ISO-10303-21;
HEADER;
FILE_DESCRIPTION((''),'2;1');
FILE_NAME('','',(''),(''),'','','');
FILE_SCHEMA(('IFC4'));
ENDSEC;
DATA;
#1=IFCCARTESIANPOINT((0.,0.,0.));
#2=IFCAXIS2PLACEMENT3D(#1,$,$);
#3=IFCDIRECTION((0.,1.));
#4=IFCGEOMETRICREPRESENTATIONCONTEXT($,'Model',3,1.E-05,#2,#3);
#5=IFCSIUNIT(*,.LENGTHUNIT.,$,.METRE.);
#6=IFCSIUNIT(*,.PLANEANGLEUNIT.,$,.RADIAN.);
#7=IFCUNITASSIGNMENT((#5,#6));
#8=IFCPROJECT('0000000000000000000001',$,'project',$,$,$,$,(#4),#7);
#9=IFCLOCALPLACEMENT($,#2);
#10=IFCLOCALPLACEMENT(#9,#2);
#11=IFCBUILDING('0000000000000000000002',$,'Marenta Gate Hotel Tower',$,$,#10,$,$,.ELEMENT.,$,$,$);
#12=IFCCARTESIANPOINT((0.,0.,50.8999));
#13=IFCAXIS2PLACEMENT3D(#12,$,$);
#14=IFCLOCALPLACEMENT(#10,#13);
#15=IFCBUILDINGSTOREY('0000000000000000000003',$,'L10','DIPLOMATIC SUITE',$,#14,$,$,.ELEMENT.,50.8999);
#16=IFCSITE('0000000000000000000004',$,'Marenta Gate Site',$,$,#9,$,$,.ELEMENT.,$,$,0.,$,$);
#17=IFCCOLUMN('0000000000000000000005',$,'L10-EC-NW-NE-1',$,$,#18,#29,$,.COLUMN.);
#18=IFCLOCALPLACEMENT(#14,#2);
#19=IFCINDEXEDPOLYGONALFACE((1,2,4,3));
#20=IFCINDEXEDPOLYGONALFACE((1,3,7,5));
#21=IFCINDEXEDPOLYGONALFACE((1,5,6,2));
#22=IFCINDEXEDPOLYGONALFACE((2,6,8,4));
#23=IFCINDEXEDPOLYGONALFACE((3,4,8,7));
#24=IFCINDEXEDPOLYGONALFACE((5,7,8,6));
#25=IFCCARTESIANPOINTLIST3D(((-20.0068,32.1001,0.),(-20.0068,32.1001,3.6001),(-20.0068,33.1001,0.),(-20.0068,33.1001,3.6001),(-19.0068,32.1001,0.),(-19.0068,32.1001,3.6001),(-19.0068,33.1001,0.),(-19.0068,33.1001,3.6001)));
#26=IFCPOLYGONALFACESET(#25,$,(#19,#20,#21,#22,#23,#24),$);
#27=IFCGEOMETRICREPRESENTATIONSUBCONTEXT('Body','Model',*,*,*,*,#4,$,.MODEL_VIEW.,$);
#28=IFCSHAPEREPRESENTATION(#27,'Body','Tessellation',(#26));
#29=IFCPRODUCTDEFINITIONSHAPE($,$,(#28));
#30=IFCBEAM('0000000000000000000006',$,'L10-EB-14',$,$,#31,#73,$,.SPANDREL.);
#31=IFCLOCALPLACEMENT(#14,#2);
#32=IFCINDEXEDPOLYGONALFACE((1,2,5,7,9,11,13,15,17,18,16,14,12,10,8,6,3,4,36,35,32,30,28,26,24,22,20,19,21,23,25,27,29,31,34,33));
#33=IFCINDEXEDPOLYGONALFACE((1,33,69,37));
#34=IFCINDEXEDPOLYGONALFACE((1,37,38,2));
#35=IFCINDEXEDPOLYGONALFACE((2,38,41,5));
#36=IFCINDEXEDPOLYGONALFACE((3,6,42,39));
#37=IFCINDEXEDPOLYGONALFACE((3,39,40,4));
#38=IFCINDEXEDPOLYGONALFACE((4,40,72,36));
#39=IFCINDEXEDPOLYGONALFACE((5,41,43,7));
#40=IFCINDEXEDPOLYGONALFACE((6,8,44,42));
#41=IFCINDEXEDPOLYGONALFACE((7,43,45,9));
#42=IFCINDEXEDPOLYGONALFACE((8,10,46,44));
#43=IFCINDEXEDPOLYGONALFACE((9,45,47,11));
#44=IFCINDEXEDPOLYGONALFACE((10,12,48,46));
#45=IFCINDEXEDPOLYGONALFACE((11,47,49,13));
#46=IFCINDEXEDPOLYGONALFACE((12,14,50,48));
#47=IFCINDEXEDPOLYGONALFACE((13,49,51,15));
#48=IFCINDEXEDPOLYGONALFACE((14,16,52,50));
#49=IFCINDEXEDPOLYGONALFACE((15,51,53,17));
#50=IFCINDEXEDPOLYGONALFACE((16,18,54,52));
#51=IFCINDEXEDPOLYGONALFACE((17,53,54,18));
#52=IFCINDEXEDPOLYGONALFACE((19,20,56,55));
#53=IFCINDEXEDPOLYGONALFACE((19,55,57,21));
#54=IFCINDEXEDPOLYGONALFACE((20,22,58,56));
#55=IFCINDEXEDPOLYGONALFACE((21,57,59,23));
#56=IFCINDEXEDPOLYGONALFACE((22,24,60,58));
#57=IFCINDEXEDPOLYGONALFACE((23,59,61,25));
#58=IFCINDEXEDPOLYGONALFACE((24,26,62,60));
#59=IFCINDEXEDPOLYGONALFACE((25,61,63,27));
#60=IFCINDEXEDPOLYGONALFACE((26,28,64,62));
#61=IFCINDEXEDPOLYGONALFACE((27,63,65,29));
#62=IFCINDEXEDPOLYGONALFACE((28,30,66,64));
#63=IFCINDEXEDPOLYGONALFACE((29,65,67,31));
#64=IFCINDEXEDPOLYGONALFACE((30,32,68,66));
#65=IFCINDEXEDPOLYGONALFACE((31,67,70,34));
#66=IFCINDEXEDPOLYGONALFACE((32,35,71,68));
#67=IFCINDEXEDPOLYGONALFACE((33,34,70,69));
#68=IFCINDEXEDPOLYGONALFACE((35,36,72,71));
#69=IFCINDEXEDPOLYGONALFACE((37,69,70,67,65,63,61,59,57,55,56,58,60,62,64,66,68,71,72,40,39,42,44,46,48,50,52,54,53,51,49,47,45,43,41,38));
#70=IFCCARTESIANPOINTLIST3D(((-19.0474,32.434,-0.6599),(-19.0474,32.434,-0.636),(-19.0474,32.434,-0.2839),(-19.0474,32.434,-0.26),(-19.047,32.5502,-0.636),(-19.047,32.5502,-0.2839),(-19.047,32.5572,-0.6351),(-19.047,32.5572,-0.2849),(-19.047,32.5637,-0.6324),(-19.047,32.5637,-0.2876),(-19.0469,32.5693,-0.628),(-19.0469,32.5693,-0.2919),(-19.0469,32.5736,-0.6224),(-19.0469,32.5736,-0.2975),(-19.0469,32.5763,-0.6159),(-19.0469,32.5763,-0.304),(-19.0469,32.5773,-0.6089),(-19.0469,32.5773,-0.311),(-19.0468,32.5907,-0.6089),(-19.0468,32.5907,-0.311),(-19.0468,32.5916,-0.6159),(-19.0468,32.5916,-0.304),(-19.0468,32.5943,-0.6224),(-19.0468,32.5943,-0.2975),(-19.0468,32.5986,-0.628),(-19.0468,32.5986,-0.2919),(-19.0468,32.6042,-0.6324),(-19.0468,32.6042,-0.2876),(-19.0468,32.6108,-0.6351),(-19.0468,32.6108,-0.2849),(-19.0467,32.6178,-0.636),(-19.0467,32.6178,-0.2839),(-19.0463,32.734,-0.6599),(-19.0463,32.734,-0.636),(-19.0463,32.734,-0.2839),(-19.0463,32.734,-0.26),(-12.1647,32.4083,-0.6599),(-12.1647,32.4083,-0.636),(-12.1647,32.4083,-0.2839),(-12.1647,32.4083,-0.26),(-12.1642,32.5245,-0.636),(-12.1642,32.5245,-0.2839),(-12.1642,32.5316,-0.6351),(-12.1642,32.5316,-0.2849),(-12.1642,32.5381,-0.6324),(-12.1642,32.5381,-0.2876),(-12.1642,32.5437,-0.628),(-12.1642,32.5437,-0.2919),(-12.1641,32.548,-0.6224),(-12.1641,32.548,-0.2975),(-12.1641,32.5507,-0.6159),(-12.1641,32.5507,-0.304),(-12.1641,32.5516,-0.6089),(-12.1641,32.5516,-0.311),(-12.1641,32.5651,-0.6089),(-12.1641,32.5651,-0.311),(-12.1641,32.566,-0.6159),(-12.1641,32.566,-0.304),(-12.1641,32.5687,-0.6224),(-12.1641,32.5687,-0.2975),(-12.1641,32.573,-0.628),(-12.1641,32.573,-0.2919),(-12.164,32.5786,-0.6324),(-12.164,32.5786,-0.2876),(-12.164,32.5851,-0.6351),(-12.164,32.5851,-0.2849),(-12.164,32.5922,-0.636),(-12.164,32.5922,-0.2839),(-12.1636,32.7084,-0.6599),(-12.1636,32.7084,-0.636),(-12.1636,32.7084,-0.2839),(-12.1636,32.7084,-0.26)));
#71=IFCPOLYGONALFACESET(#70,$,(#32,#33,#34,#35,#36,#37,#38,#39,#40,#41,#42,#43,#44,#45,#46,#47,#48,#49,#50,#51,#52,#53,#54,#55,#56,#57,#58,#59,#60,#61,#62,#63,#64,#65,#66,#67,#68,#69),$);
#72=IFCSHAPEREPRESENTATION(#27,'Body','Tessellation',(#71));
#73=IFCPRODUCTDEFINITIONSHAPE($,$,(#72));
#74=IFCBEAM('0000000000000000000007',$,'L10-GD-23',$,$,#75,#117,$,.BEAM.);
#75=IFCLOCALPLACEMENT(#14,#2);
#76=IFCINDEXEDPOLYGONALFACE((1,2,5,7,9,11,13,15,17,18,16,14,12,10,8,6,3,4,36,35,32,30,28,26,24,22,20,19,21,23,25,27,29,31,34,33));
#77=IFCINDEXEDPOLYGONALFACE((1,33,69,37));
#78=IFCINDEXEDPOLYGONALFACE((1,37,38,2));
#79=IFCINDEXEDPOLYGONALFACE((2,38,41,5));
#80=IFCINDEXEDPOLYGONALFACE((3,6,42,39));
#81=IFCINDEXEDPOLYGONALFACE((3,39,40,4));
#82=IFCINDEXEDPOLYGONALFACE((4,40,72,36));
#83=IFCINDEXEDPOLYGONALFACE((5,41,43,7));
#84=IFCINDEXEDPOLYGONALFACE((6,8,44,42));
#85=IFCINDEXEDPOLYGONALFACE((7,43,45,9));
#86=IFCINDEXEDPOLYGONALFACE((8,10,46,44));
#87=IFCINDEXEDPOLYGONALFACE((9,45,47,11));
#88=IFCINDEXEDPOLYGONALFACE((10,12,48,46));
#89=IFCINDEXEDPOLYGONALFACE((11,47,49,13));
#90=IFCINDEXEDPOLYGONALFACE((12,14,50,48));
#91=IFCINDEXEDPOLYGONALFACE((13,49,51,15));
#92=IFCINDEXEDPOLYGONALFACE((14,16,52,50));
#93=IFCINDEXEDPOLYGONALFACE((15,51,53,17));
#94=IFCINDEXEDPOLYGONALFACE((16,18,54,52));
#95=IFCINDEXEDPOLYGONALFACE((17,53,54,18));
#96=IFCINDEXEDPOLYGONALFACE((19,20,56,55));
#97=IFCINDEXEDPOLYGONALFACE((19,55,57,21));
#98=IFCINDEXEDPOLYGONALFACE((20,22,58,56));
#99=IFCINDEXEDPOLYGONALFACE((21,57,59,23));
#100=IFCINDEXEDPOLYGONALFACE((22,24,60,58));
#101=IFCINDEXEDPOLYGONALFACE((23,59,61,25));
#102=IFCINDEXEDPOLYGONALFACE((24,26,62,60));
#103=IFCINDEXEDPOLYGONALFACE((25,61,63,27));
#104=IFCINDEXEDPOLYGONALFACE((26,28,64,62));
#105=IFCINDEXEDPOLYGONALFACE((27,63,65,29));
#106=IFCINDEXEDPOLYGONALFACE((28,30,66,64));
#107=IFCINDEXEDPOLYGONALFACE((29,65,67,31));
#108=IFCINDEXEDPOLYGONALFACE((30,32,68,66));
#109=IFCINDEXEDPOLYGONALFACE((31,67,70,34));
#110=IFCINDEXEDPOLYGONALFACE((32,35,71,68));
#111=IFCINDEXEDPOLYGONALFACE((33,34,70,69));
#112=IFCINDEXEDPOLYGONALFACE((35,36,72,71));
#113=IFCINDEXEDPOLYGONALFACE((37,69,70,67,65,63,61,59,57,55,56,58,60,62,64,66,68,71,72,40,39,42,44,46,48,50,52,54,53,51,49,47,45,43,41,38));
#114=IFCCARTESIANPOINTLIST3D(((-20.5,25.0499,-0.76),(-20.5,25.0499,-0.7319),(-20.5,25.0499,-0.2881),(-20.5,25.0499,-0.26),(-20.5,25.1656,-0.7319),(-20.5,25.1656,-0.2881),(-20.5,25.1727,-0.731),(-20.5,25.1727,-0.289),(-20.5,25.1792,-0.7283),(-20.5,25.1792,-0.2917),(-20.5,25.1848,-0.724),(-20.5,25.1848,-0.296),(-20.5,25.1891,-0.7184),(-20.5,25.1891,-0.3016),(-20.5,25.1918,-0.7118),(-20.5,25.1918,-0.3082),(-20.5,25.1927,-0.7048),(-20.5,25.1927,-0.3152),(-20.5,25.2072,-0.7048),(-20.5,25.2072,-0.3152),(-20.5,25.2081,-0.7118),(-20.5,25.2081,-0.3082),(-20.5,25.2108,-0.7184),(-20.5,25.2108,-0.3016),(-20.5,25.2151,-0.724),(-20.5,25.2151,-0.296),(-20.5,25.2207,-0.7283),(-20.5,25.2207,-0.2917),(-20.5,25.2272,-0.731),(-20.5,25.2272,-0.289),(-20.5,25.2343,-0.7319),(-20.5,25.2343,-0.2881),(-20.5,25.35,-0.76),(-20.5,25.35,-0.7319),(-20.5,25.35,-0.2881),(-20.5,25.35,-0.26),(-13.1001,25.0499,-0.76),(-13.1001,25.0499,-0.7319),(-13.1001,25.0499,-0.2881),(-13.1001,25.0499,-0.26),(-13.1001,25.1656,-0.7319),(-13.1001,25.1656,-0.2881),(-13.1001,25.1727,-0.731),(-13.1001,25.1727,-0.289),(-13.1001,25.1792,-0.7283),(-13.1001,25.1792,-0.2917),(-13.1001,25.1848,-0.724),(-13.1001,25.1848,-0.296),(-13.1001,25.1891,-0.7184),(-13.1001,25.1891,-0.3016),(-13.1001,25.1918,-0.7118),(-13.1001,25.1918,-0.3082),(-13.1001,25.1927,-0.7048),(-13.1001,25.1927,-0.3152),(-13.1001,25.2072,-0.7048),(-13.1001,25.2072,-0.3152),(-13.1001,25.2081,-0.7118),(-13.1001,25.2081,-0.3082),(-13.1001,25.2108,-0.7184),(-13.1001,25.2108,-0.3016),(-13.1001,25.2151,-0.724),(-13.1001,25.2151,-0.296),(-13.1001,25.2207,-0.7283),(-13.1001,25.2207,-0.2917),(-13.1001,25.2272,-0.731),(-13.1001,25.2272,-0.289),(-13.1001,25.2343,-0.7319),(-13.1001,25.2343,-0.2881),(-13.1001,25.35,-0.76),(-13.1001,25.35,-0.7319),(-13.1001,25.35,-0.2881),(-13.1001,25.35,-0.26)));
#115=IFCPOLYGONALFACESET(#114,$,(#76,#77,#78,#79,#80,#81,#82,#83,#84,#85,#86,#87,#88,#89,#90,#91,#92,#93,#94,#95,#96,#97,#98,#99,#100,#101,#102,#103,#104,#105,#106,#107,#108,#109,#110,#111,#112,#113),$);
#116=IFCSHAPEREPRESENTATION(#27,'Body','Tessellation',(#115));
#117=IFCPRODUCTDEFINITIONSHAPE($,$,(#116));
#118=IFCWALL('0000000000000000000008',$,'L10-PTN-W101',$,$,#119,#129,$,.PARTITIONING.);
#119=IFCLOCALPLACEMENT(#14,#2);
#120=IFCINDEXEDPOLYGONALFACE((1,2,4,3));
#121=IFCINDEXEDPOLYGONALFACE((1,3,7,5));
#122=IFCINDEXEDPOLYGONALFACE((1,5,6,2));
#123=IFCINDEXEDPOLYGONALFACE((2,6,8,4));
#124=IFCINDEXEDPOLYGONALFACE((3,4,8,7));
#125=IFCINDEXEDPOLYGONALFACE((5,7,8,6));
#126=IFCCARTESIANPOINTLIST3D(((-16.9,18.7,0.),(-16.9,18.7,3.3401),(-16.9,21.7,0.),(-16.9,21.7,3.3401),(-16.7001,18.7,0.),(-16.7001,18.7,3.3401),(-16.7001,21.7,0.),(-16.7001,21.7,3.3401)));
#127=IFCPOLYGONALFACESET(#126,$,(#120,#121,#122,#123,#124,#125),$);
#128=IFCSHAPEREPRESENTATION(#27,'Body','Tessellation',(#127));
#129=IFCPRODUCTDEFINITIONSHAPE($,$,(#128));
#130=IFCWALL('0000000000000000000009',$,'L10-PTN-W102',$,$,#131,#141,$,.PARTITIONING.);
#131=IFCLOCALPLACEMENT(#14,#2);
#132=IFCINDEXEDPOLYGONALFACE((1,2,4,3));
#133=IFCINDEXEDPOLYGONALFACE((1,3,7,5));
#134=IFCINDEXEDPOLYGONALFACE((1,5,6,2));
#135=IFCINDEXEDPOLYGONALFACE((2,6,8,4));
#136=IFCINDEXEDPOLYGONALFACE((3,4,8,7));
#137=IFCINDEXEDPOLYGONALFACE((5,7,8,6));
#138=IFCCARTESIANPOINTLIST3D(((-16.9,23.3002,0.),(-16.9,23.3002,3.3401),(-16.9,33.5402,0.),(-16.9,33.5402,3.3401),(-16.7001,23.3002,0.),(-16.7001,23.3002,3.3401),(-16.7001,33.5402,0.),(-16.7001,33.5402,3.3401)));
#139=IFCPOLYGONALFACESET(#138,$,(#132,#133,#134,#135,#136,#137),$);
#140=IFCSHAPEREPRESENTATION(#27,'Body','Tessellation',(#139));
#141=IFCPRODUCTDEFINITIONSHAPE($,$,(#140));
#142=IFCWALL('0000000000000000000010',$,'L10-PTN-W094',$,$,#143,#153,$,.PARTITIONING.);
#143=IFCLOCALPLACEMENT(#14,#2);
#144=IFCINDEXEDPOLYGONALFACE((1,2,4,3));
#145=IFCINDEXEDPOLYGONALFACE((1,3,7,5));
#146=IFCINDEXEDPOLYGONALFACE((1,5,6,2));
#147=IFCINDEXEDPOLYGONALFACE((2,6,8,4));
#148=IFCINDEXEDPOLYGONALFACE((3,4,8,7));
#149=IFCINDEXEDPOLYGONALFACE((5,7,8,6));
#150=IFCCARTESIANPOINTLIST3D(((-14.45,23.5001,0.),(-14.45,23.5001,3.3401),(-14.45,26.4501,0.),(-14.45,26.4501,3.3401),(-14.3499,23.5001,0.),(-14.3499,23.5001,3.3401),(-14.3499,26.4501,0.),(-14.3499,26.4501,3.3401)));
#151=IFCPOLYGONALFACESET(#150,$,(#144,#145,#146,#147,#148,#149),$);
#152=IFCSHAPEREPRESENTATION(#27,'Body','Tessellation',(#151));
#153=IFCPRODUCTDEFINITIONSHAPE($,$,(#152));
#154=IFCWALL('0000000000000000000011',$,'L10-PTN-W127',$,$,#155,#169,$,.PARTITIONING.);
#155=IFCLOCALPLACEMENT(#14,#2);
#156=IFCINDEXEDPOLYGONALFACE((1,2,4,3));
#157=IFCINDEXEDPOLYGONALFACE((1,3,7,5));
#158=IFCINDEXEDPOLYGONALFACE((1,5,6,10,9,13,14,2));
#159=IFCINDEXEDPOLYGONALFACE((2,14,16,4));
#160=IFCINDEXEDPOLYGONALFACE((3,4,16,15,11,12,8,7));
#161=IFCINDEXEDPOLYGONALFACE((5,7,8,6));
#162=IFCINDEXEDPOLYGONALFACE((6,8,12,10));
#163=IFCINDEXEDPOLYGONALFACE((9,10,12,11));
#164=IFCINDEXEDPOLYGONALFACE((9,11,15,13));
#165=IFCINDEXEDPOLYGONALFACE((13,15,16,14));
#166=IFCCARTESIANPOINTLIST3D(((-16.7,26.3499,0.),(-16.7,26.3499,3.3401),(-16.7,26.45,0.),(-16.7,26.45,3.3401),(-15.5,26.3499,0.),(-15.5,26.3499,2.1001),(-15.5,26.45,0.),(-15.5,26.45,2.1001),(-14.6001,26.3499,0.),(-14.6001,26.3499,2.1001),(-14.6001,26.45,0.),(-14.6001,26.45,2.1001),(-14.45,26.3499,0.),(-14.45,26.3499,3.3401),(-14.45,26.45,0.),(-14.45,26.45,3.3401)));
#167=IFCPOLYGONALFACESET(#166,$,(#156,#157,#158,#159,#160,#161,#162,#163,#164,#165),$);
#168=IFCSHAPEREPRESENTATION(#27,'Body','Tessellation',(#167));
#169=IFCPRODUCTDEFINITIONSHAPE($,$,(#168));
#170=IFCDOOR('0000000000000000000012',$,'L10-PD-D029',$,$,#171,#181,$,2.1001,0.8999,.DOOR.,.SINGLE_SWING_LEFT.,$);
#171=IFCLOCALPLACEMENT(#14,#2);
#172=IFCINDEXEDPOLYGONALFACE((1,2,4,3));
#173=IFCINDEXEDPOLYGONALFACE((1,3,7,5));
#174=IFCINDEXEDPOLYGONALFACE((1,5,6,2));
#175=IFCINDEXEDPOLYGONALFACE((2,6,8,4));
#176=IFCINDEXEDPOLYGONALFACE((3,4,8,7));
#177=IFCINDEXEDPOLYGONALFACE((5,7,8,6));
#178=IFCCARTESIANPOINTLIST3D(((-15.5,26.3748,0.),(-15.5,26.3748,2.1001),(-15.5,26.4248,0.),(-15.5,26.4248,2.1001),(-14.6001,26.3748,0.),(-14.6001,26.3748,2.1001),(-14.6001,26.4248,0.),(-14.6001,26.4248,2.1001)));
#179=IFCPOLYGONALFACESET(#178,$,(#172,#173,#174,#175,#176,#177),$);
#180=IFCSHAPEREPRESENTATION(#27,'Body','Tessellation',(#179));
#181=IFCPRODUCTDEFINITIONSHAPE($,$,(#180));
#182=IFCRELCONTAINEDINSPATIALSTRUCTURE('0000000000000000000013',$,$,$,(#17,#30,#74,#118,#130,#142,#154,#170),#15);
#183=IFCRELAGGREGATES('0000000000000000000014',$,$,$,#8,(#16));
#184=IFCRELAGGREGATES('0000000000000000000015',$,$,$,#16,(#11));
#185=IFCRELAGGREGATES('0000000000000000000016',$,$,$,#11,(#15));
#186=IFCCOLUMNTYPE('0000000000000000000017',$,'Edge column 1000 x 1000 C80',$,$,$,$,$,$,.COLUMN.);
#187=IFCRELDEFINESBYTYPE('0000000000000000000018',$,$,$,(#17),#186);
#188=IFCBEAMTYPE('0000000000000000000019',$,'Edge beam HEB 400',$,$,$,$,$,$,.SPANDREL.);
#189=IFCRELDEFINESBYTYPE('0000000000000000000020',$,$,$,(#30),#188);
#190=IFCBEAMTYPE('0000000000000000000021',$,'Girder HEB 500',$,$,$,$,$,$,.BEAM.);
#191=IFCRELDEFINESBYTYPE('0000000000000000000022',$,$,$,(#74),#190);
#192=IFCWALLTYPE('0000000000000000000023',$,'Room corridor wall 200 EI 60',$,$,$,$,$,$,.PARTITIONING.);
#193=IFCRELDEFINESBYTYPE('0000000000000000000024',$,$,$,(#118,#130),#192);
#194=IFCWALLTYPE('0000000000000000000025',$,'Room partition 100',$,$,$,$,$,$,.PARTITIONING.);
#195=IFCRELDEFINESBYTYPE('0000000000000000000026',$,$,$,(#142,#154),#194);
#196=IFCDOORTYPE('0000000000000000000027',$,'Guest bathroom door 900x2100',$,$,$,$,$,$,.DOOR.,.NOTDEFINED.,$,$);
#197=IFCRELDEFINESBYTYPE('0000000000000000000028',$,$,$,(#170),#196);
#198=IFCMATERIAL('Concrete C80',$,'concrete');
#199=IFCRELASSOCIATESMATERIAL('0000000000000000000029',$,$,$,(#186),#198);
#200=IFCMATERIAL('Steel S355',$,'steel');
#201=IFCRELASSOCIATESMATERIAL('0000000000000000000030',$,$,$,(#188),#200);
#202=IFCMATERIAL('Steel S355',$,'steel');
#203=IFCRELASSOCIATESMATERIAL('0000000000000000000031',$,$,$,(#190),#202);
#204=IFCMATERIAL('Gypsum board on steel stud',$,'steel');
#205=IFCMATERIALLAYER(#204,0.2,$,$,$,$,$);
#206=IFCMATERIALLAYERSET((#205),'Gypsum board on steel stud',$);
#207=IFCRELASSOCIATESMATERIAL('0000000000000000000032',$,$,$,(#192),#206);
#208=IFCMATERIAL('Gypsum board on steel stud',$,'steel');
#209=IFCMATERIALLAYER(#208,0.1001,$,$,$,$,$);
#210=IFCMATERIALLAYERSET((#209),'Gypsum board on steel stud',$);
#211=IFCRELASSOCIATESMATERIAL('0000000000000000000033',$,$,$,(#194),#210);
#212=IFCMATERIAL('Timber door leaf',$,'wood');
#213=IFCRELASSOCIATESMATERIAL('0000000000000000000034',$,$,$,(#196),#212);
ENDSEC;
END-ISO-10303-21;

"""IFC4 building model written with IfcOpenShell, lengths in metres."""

from ifc_helpers import new_model, si_unit, direction, frame, frame_2d, origin, origin_2d, place, context, subcontext, project, spatial, rectangle, i_section, extrude, material, layer, layer_set, material_profile, profile_set, type_object, element, fill, save


model = new_model("IFC4")

# Units and contexts
model_context = context("Model", 3, precision=1e-05, world=origin(), true_north=direction((0.0, 1.0)))
body_context = subcontext(model_context, "Body", "Model", "MODEL_VIEW")
ifc_project = project(units=[si_unit("LENGTHUNIT", "METRE"), si_unit("PLANEANGLEUNIT", "RADIAN")], contexts=[model_context])

# Site, building, storey
site_placement = place(None, origin())
site = spatial("IfcSite", under=ifc_project, at=site_placement, Name="Marenta Gate Site", CompositionType="ELEMENT", RefElevation=0.0)
building_placement = place(site_placement, origin())
building = spatial("IfcBuilding", under=site, at=building_placement, Name="Marenta Gate Hotel Tower", CompositionType="ELEMENT")
storey_placement = place(building_placement, frame((0.0, 0.0, 50.8999)))
storey = spatial("IfcBuildingStorey", under=building, at=storey_placement, Name="L10", Description="DIPLOMATIC SUITE", CompositionType="ELEMENT", Elevation=50.8999)

# Column
ifc_material_1 = material(Name="Concrete C80", Category="concrete")
ifc_material_profile_1 = material_profile(ifc_material_1, rectangle(XDim=1.0, YDim=1.0, at=origin_2d()), Name="1000 x 1000")
ifc_profile_set_1 = profile_set([ifc_material_profile_1], Name="Concrete C80")
column_type = type_object("IfcColumnType", Name="Edge column 1000 x 1000 C80", PredefinedType="COLUMN", material=ifc_profile_set_1)
column_placement = place(storey_placement, frame((-19.5068, 32.6001, 0.0), z_axis=(0.0, 0.0, 1.0), x_axis=(1.0, 0.0, 0.0)))
element("IfcColumn", 1, at=column_placement, inside=storey, type_object=column_type, Name="L10-EC-NW-NE-1", PredefinedType="COLUMN", context=body_context, shape_type="SweptSolid", body=[
    extrude(rectangle(XDim=1.0, YDim=1.0, at=origin_2d()), origin(), (0.0, 0.0, 1.0), 3.6001),
])

# Beams
ifc_material_2 = material(Name="Steel S355", Category="steel")
ifc_material_profile_2 = material_profile(ifc_material_2, i_section(OverallWidth=0.3, OverallDepth=0.3999, WebThickness=0.0134, FlangeThickness=0.0239, FilletRadius=0.0271, at=origin_2d()), Name="HEB 400")
ifc_profile_set_2 = profile_set([ifc_material_profile_2], Name="Steel S355")
beam_type_1 = type_object("IfcBeamType", Name="Edge beam HEB 400", PredefinedType="SPANDREL", material=ifc_profile_set_2)
beam_1_placement = place(storey_placement, frame((-19.0469, 32.584, -0.46), z_axis=(0.999993, -0.003724, 0.0), x_axis=(0.003724, 0.999993, 0.0)))
element("IfcBeam", 2, at=beam_1_placement, inside=storey, type_object=beam_type_1, Name="L10-EB-14", PredefinedType="SPANDREL", context=body_context, shape_type="SweptSolid", body=[
    extrude(i_section(OverallWidth=0.3, OverallDepth=0.3999, WebThickness=0.0134, FlangeThickness=0.0239, FilletRadius=0.0271, at=origin_2d()), origin(), (0.0, 0.0, 1.0), 6.8828),
])
ifc_material_3 = material(Name="Steel S355", Category="steel")
ifc_material_profile_3 = material_profile(ifc_material_3, i_section(OverallWidth=0.3, OverallDepth=0.5, WebThickness=0.0144, FlangeThickness=0.0281, FilletRadius=0.0271, at=origin_2d()), Name="HEB 500")
ifc_profile_set_3 = profile_set([ifc_material_profile_3], Name="Steel S355")
beam_type_2 = type_object("IfcBeamType", Name="Girder HEB 500", PredefinedType="BEAM", material=ifc_profile_set_3)
beam_2_placement = place(storey_placement, frame((-20.5, 25.2, -0.51), z_axis=(1.0, 0.0, 0.0), x_axis=(0.0, 1.0, 0.0)))
element("IfcBeam", 3, at=beam_2_placement, inside=storey, type_object=beam_type_2, Name="L10-GD-23", PredefinedType="BEAM", context=body_context, shape_type="SweptSolid", body=[
    extrude(i_section(OverallWidth=0.3, OverallDepth=0.5, WebThickness=0.0144, FlangeThickness=0.0281, FilletRadius=0.0271, at=origin_2d()), origin(), (0.0, 0.0, 1.0), 7.3999),
])

# Walls
ifc_material_4 = material(Name="Gypsum board on steel stud", Category="steel")
ifc_layer_1 = layer(ifc_material_4, 0.2)
ifc_layer_set_1 = layer_set([ifc_layer_1], Name="Gypsum board on steel stud")
wall_type_1 = type_object("IfcWallType", Name="Room corridor wall 200 EI 60", PredefinedType="PARTITIONING", material=ifc_layer_set_1)
wall_1_placement = place(storey_placement, frame((-16.8, 18.7, 0.0), z_axis=(0.0, 0.0, 1.0), x_axis=(0.0, 1.0, 0.0)))
element("IfcWall", 4, at=wall_1_placement, inside=storey, type_object=wall_type_1, Name="L10-PTN-W101", PredefinedType="PARTITIONING", context=body_context, shape_type="SweptSolid", body=[
    extrude(rectangle(XDim=3.0, YDim=0.2, at=frame_2d((1.5, 0.0))), origin(), (0.0, 0.0, 1.0), 3.3401),
])
wall_2_placement = place(storey_placement, frame((-16.8, 23.3, 0.0), z_axis=(0.0, 0.0, 1.0), x_axis=(0.0, 1.0, 0.0)))
element("IfcWall", 5, at=wall_2_placement, inside=storey, type_object=wall_type_1, Name="L10-PTN-W102", PredefinedType="PARTITIONING", context=body_context, shape_type="SweptSolid", body=[
    extrude(rectangle(XDim=10.24, YDim=0.2, at=frame_2d((5.1201, 0.0))), origin(), (0.0, 0.0, 1.0), 3.3401),
])

# Wall
ifc_material_5 = material(Name="Gypsum board on steel stud", Category="steel")
ifc_layer_2 = layer(ifc_material_5, 0.1001)
ifc_layer_set_2 = layer_set([ifc_layer_2], Name="Gypsum board on steel stud")
wall_type_2 = type_object("IfcWallType", Name="Room partition 100", PredefinedType="PARTITIONING", material=ifc_layer_set_2)
wall_3_placement = place(storey_placement, frame((-14.3999, 23.5, 0.0), z_axis=(0.0, 0.0, 1.0), x_axis=(0.0, 1.0, 0.0)))
element("IfcWall", 6, at=wall_3_placement, inside=storey, type_object=wall_type_2, Name="L10-PTN-W094", PredefinedType="PARTITIONING", context=body_context, shape_type="SweptSolid", body=[
    extrude(rectangle(XDim=2.95, YDim=0.1001, at=frame_2d((1.4751, 0.0))), origin(), (0.0, 0.0, 1.0), 3.3401),
])

# Wall, opening, door
wall_4_placement = place(storey_placement, frame((-16.7, 26.3999, 0.0), z_axis=(0.0, 0.0, 1.0), x_axis=(1.0, 0.0, 0.0)))
wall_4 = element("IfcWall", 7, at=wall_4_placement, inside=storey, type_object=wall_type_2, Name="L10-PTN-W127", PredefinedType="PARTITIONING", context=body_context, shape_type="SweptSolid", body=[
    extrude(rectangle(XDim=2.25, YDim=0.1001, at=frame_2d((1.125, 0.0))), origin(), (0.0, 0.0, 1.0), 3.3401),
])
opening_1_placement = place(wall_4_placement, frame((1.2, 0.0, 0.0)))
opening_1 = element("IfcOpeningElement", 8, at=opening_1_placement, cuts=wall_4, PredefinedType="OPENING", context=body_context, shape_type="SweptSolid", body=[
    extrude(rectangle(XDim=0.8999, YDim=2.1001, at=frame_2d((0.45, 1.05))), frame((0.0, 0.05, 0.0), z_axis=(0.0, -1.0, 0.0), x_axis=(1.0, 0.0, 0.0)), (0.0, 0.0, 1.0), 0.1001),
])
ifc_material_6 = material(Name="Timber door leaf", Category="wood")
door_type_1 = type_object("IfcDoorType", Name="Guest bathroom door 900x2100", OperationType="NOTDEFINED", PredefinedType="DOOR", material=ifc_material_6)
door_1_placement = place(opening_1_placement, origin())
door_1 = element("IfcDoor", 9, at=door_1_placement, inside=storey, type_object=door_type_1, Name="L10-PD-D029", OperationType="SINGLE_SWING_LEFT", OverallHeight=2.1001, OverallWidth=0.8999, PredefinedType="DOOR", context=body_context, shape_type="SweptSolid", body=[
    extrude(rectangle(XDim=0.8999, YDim=2.1001, at=frame_2d((0.45, 1.05))), frame((0.0, 0.0249, 0.0), z_axis=(0.0, -1.0, 0.0), x_axis=(1.0, 0.0, 0.0)), (0.0, 0.0, 1.0), 0.05),
])
fill(opening_1, door_1)

save(model, "model.ifc")
